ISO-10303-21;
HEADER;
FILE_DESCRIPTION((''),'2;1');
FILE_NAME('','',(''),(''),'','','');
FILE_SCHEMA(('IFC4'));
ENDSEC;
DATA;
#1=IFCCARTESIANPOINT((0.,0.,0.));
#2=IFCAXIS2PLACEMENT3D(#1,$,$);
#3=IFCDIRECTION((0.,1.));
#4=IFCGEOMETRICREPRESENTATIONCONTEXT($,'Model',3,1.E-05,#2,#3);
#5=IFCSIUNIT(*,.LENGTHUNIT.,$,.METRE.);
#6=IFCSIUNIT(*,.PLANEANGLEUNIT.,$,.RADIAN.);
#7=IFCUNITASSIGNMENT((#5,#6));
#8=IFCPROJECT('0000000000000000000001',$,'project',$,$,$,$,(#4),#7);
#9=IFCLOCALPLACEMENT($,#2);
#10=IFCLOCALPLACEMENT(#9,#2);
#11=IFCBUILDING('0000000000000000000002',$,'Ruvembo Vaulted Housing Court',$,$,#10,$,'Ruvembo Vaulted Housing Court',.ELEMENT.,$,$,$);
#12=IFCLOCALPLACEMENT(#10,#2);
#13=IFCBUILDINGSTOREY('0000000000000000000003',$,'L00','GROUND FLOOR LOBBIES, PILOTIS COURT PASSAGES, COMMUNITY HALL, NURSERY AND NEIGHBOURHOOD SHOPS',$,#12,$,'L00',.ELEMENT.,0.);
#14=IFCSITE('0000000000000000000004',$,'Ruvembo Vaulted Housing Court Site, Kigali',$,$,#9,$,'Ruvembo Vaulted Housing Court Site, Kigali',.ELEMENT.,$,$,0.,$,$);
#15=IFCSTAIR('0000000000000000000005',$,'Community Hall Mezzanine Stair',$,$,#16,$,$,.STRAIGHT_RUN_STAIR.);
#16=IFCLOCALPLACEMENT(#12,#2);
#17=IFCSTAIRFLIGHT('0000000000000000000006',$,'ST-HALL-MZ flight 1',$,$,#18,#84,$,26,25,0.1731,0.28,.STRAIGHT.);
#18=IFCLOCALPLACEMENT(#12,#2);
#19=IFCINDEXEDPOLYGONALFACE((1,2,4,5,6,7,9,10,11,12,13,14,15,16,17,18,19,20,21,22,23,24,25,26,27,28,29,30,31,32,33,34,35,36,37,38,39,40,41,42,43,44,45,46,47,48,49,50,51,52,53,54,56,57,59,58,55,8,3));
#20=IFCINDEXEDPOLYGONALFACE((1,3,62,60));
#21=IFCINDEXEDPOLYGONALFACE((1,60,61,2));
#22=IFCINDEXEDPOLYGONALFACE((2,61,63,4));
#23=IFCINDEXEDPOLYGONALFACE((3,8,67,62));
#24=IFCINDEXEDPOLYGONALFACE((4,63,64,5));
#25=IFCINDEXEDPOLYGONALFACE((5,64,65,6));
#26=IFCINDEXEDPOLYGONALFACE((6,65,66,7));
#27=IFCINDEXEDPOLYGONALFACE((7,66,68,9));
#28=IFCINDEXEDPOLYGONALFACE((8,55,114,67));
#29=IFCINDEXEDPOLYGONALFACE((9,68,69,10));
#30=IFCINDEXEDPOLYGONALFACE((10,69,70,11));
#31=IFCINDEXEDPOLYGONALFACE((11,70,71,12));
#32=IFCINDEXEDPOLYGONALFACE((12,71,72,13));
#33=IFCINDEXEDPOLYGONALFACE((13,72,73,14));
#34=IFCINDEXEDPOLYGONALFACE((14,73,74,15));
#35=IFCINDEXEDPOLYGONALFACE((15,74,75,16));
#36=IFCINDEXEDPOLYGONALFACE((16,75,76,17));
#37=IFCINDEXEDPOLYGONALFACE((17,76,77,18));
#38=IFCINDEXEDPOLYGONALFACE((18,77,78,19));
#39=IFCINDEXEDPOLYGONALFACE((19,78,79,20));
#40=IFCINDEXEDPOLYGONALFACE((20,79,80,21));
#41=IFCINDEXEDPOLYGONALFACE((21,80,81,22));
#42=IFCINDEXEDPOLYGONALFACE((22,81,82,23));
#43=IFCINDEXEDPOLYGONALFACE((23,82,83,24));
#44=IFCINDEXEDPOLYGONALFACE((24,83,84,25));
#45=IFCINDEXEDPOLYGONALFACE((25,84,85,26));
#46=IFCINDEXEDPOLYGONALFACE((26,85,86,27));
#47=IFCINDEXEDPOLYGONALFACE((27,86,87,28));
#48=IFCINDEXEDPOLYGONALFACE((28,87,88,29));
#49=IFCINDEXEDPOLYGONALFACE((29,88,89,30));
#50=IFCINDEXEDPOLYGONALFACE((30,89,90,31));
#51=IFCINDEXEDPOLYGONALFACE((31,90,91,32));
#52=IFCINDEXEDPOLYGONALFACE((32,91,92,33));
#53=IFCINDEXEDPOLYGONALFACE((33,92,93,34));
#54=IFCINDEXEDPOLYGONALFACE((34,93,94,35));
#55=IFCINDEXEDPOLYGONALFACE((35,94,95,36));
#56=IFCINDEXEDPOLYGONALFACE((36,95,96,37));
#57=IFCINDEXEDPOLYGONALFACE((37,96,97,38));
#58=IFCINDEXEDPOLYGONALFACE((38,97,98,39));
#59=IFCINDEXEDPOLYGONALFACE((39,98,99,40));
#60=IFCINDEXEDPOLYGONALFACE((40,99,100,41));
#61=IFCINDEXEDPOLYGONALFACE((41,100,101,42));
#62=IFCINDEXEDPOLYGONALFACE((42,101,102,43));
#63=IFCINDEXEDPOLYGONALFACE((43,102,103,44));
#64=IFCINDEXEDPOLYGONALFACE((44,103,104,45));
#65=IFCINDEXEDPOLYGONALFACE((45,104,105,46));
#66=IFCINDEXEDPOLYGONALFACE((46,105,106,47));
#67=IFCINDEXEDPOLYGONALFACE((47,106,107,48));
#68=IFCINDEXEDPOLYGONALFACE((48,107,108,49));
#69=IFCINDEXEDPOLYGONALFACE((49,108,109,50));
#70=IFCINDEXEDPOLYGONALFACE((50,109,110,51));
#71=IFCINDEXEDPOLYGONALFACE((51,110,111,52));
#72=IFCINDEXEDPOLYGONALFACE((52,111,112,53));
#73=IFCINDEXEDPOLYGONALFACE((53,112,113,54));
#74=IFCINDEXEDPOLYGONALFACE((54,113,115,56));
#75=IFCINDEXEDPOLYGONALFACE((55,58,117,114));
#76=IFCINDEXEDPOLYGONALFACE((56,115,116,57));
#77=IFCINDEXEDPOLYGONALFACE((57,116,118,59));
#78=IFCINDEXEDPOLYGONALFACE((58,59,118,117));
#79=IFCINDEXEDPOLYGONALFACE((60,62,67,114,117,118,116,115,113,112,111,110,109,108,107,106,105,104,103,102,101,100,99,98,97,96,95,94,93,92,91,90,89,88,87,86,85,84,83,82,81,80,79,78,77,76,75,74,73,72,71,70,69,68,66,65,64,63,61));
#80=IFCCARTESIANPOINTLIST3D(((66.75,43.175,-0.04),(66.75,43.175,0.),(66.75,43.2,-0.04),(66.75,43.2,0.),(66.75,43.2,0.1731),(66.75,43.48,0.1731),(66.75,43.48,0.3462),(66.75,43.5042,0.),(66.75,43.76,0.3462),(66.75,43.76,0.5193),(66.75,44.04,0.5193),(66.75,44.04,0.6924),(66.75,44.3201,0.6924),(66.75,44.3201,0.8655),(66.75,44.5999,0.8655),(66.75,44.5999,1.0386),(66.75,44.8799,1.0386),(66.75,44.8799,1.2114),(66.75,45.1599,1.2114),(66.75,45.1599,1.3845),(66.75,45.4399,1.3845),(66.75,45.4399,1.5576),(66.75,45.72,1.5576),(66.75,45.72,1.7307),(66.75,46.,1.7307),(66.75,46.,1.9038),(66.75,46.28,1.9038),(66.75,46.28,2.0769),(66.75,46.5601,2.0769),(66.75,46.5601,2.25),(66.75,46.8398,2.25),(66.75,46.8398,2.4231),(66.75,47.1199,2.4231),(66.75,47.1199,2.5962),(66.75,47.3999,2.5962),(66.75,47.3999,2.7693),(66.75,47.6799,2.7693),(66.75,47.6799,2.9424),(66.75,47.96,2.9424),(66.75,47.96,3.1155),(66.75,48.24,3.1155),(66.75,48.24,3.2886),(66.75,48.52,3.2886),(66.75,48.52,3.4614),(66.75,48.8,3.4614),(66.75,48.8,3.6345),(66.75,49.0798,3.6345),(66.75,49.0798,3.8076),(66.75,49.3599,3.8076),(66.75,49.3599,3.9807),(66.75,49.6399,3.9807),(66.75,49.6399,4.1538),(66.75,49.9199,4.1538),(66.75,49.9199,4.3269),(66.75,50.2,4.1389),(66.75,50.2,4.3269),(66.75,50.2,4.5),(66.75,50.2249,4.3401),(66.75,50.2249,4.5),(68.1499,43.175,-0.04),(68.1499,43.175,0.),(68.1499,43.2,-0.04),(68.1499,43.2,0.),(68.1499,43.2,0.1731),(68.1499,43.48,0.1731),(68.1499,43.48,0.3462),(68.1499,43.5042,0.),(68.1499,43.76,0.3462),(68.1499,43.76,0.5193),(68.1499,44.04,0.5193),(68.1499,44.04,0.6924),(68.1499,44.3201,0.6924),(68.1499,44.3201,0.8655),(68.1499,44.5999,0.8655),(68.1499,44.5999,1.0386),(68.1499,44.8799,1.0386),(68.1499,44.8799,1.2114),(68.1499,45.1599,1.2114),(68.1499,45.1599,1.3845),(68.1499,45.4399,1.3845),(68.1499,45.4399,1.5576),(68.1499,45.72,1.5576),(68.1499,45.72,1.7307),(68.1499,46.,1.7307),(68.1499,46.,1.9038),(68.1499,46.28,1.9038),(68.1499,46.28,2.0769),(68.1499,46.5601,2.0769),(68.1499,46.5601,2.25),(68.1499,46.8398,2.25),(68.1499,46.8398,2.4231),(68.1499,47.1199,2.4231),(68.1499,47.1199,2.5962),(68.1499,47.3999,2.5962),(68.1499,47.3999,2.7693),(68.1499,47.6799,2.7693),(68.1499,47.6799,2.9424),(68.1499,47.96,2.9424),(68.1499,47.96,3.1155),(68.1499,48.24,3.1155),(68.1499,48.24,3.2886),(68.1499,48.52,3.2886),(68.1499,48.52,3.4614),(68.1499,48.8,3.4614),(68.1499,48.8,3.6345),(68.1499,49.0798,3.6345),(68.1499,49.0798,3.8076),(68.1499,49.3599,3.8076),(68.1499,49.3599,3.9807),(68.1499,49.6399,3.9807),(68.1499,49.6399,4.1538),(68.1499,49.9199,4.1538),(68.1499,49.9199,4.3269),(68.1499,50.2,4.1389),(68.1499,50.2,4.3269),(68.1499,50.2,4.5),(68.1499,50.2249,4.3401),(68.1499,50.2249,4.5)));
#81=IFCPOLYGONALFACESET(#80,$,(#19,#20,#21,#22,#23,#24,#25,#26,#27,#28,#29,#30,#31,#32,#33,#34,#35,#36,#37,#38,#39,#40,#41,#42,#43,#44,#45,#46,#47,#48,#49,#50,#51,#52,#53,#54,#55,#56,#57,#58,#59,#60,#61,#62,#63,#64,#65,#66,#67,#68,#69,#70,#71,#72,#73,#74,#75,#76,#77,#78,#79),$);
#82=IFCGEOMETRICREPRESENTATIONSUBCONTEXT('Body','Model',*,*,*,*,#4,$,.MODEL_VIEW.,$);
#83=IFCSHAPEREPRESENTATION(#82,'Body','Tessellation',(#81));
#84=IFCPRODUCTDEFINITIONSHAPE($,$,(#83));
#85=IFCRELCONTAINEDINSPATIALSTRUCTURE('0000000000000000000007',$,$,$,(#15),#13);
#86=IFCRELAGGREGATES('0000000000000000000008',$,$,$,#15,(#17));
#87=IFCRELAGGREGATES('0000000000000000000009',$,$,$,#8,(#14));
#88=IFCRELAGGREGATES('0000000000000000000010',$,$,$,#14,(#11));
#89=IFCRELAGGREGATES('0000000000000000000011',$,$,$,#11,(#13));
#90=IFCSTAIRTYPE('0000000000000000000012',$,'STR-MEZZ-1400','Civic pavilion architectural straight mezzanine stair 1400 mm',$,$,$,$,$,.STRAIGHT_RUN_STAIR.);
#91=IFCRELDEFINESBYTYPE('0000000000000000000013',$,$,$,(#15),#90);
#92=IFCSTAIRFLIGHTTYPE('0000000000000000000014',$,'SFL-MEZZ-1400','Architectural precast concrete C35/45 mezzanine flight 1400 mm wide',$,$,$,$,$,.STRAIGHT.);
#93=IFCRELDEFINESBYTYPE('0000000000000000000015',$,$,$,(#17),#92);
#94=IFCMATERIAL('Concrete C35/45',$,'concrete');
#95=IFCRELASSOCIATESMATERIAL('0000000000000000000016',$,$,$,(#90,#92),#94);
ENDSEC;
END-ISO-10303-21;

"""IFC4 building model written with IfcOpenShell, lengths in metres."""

from ifc_helpers import new_model, si_unit, direction, frame, origin, place, context, subcontext, project, spatial, polyline, outline, extrude, material, type_object, element, aggregate, save


model = new_model("IFC4")

# Units and contexts
model_context = context("Model", 3, precision=1e-05, world=origin(), true_north=direction((0.0, 1.0)))
body_context = subcontext(model_context, "Body", "Model", "MODEL_VIEW")
ifc_project = project(units=[si_unit("LENGTHUNIT", "METRE"), si_unit("PLANEANGLEUNIT", "RADIAN")], contexts=[model_context])

# Site, building, storey
site_placement = place(None, origin())
site = spatial("IfcSite", under=ifc_project, at=site_placement, Name="Ruvembo Vaulted Housing Court Site, Kigali", LongName="Ruvembo Vaulted Housing Court Site, Kigali", CompositionType="ELEMENT", RefElevation=0.0)
building_placement = place(site_placement, origin())
building = spatial("IfcBuilding", under=site, at=building_placement, Name="Ruvembo Vaulted Housing Court", LongName="Ruvembo Vaulted Housing Court", CompositionType="ELEMENT")
storey_placement = place(building_placement, origin())
storey = spatial("IfcBuildingStorey", under=building, at=storey_placement, Name="L00", Description="GROUND FLOOR LOBBIES, PILOTIS COURT PASSAGES, COMMUNITY HALL, NURSERY AND NEIGHBOURHOOD SHOPS", LongName="L00", CompositionType="ELEMENT", Elevation=0.0)

# Shared definitions
ifc_material_1 = material(Name="Concrete C35/45", Category="concrete")

# Stair, stair flight
stair_type = type_object("IfcStairType", Name="STR-MEZZ-1400", Description="Civic pavilion architectural straight mezzanine stair 1400 mm", PredefinedType="STRAIGHT_RUN_STAIR", material=ifc_material_1)
stair_placement = place(storey_placement, origin())
stair = element("IfcStair", 1, at=stair_placement, inside=storey, type_object=stair_type, Name="Community Hall Mezzanine Stair", PredefinedType="STRAIGHT_RUN_STAIR")
stair_flight_type = type_object("IfcStairFlightType", Name="SFL-MEZZ-1400", Description="Architectural precast concrete C35/45 mezzanine flight 1400 mm wide", PredefinedType="STRAIGHT", material=ifc_material_1)
stair_flight_placement = place(storey_placement, frame((67.45, 43.2, 0.0), z_axis=(0.0, 0.0, 1.0), x_axis=(0.0, 1.0, 0.0)))
stair_flight = element("IfcStairFlight", 2, at=stair_flight_placement, type_object=stair_flight_type, Name="ST-HALL-MZ flight 1", NumberOfRisers=26, NumberOfTreads=25, PredefinedType="STRAIGHT", RiserHeight=0.1731, TreadLength=0.28, context=body_context, shape_type="SweptSolid", body=[
    extrude(outline(polyline([(-0.0249, -0.04), (-0.0249, 0.0), (0.0, 0.0), (0.0, 0.1731), (0.28, 0.1731), (0.28, 0.3462), (0.5601, 0.3462), (0.5601, 0.5193), (0.8401, 0.5193), (0.8401, 0.6924), (1.1201, 0.6924), (1.1201, 0.8655), (1.3999, 0.8655), (1.3999, 1.0386), (1.6799, 1.0386), (1.6799, 1.2114), (1.96, 1.2114), (1.96, 1.3845), (2.24, 1.3845), (2.24, 1.5576), (2.52, 1.5576), (2.52, 1.7307), (2.8, 1.7307), (2.8, 1.9038), (3.0801, 1.9038), (3.0801, 2.0769), (3.3601, 2.0769), (3.3601, 2.25), (3.6399, 2.25), (3.6399, 2.4231), (3.9199, 2.4231), (3.9199, 2.5962), (4.2, 2.5962), (4.2, 2.7693), (4.48, 2.7693), (4.48, 2.9424), (4.76, 2.9424), (4.76, 3.1155), (5.04, 3.1155), (5.04, 3.2886), (5.3201, 3.2886), (5.3201, 3.4614), (5.6001, 3.4614), (5.6001, 3.6345), (5.8799, 3.6345), (5.8799, 3.8076), (6.1599, 3.8076), (6.1599, 3.9807), (6.4399, 3.9807), (6.4399, 4.1538), (6.72, 4.1538), (6.72, 4.3269), (7.0, 4.3269), (7.0, 4.5), (7.0249, 4.5), (7.0249, 4.3401), (7.0, 4.1389), (0.3042, 0.0), (0.0, -0.04), (-0.0249, -0.04)])), frame((0.0, 0.7, 0.0), z_axis=(0.0, -1.0, 0.0), x_axis=(1.0, 0.0, 0.0)), (0.0, 0.0, 1.0), 1.3999),
])
aggregate(stair, [stair_flight])

save(model, "model.ifc")
